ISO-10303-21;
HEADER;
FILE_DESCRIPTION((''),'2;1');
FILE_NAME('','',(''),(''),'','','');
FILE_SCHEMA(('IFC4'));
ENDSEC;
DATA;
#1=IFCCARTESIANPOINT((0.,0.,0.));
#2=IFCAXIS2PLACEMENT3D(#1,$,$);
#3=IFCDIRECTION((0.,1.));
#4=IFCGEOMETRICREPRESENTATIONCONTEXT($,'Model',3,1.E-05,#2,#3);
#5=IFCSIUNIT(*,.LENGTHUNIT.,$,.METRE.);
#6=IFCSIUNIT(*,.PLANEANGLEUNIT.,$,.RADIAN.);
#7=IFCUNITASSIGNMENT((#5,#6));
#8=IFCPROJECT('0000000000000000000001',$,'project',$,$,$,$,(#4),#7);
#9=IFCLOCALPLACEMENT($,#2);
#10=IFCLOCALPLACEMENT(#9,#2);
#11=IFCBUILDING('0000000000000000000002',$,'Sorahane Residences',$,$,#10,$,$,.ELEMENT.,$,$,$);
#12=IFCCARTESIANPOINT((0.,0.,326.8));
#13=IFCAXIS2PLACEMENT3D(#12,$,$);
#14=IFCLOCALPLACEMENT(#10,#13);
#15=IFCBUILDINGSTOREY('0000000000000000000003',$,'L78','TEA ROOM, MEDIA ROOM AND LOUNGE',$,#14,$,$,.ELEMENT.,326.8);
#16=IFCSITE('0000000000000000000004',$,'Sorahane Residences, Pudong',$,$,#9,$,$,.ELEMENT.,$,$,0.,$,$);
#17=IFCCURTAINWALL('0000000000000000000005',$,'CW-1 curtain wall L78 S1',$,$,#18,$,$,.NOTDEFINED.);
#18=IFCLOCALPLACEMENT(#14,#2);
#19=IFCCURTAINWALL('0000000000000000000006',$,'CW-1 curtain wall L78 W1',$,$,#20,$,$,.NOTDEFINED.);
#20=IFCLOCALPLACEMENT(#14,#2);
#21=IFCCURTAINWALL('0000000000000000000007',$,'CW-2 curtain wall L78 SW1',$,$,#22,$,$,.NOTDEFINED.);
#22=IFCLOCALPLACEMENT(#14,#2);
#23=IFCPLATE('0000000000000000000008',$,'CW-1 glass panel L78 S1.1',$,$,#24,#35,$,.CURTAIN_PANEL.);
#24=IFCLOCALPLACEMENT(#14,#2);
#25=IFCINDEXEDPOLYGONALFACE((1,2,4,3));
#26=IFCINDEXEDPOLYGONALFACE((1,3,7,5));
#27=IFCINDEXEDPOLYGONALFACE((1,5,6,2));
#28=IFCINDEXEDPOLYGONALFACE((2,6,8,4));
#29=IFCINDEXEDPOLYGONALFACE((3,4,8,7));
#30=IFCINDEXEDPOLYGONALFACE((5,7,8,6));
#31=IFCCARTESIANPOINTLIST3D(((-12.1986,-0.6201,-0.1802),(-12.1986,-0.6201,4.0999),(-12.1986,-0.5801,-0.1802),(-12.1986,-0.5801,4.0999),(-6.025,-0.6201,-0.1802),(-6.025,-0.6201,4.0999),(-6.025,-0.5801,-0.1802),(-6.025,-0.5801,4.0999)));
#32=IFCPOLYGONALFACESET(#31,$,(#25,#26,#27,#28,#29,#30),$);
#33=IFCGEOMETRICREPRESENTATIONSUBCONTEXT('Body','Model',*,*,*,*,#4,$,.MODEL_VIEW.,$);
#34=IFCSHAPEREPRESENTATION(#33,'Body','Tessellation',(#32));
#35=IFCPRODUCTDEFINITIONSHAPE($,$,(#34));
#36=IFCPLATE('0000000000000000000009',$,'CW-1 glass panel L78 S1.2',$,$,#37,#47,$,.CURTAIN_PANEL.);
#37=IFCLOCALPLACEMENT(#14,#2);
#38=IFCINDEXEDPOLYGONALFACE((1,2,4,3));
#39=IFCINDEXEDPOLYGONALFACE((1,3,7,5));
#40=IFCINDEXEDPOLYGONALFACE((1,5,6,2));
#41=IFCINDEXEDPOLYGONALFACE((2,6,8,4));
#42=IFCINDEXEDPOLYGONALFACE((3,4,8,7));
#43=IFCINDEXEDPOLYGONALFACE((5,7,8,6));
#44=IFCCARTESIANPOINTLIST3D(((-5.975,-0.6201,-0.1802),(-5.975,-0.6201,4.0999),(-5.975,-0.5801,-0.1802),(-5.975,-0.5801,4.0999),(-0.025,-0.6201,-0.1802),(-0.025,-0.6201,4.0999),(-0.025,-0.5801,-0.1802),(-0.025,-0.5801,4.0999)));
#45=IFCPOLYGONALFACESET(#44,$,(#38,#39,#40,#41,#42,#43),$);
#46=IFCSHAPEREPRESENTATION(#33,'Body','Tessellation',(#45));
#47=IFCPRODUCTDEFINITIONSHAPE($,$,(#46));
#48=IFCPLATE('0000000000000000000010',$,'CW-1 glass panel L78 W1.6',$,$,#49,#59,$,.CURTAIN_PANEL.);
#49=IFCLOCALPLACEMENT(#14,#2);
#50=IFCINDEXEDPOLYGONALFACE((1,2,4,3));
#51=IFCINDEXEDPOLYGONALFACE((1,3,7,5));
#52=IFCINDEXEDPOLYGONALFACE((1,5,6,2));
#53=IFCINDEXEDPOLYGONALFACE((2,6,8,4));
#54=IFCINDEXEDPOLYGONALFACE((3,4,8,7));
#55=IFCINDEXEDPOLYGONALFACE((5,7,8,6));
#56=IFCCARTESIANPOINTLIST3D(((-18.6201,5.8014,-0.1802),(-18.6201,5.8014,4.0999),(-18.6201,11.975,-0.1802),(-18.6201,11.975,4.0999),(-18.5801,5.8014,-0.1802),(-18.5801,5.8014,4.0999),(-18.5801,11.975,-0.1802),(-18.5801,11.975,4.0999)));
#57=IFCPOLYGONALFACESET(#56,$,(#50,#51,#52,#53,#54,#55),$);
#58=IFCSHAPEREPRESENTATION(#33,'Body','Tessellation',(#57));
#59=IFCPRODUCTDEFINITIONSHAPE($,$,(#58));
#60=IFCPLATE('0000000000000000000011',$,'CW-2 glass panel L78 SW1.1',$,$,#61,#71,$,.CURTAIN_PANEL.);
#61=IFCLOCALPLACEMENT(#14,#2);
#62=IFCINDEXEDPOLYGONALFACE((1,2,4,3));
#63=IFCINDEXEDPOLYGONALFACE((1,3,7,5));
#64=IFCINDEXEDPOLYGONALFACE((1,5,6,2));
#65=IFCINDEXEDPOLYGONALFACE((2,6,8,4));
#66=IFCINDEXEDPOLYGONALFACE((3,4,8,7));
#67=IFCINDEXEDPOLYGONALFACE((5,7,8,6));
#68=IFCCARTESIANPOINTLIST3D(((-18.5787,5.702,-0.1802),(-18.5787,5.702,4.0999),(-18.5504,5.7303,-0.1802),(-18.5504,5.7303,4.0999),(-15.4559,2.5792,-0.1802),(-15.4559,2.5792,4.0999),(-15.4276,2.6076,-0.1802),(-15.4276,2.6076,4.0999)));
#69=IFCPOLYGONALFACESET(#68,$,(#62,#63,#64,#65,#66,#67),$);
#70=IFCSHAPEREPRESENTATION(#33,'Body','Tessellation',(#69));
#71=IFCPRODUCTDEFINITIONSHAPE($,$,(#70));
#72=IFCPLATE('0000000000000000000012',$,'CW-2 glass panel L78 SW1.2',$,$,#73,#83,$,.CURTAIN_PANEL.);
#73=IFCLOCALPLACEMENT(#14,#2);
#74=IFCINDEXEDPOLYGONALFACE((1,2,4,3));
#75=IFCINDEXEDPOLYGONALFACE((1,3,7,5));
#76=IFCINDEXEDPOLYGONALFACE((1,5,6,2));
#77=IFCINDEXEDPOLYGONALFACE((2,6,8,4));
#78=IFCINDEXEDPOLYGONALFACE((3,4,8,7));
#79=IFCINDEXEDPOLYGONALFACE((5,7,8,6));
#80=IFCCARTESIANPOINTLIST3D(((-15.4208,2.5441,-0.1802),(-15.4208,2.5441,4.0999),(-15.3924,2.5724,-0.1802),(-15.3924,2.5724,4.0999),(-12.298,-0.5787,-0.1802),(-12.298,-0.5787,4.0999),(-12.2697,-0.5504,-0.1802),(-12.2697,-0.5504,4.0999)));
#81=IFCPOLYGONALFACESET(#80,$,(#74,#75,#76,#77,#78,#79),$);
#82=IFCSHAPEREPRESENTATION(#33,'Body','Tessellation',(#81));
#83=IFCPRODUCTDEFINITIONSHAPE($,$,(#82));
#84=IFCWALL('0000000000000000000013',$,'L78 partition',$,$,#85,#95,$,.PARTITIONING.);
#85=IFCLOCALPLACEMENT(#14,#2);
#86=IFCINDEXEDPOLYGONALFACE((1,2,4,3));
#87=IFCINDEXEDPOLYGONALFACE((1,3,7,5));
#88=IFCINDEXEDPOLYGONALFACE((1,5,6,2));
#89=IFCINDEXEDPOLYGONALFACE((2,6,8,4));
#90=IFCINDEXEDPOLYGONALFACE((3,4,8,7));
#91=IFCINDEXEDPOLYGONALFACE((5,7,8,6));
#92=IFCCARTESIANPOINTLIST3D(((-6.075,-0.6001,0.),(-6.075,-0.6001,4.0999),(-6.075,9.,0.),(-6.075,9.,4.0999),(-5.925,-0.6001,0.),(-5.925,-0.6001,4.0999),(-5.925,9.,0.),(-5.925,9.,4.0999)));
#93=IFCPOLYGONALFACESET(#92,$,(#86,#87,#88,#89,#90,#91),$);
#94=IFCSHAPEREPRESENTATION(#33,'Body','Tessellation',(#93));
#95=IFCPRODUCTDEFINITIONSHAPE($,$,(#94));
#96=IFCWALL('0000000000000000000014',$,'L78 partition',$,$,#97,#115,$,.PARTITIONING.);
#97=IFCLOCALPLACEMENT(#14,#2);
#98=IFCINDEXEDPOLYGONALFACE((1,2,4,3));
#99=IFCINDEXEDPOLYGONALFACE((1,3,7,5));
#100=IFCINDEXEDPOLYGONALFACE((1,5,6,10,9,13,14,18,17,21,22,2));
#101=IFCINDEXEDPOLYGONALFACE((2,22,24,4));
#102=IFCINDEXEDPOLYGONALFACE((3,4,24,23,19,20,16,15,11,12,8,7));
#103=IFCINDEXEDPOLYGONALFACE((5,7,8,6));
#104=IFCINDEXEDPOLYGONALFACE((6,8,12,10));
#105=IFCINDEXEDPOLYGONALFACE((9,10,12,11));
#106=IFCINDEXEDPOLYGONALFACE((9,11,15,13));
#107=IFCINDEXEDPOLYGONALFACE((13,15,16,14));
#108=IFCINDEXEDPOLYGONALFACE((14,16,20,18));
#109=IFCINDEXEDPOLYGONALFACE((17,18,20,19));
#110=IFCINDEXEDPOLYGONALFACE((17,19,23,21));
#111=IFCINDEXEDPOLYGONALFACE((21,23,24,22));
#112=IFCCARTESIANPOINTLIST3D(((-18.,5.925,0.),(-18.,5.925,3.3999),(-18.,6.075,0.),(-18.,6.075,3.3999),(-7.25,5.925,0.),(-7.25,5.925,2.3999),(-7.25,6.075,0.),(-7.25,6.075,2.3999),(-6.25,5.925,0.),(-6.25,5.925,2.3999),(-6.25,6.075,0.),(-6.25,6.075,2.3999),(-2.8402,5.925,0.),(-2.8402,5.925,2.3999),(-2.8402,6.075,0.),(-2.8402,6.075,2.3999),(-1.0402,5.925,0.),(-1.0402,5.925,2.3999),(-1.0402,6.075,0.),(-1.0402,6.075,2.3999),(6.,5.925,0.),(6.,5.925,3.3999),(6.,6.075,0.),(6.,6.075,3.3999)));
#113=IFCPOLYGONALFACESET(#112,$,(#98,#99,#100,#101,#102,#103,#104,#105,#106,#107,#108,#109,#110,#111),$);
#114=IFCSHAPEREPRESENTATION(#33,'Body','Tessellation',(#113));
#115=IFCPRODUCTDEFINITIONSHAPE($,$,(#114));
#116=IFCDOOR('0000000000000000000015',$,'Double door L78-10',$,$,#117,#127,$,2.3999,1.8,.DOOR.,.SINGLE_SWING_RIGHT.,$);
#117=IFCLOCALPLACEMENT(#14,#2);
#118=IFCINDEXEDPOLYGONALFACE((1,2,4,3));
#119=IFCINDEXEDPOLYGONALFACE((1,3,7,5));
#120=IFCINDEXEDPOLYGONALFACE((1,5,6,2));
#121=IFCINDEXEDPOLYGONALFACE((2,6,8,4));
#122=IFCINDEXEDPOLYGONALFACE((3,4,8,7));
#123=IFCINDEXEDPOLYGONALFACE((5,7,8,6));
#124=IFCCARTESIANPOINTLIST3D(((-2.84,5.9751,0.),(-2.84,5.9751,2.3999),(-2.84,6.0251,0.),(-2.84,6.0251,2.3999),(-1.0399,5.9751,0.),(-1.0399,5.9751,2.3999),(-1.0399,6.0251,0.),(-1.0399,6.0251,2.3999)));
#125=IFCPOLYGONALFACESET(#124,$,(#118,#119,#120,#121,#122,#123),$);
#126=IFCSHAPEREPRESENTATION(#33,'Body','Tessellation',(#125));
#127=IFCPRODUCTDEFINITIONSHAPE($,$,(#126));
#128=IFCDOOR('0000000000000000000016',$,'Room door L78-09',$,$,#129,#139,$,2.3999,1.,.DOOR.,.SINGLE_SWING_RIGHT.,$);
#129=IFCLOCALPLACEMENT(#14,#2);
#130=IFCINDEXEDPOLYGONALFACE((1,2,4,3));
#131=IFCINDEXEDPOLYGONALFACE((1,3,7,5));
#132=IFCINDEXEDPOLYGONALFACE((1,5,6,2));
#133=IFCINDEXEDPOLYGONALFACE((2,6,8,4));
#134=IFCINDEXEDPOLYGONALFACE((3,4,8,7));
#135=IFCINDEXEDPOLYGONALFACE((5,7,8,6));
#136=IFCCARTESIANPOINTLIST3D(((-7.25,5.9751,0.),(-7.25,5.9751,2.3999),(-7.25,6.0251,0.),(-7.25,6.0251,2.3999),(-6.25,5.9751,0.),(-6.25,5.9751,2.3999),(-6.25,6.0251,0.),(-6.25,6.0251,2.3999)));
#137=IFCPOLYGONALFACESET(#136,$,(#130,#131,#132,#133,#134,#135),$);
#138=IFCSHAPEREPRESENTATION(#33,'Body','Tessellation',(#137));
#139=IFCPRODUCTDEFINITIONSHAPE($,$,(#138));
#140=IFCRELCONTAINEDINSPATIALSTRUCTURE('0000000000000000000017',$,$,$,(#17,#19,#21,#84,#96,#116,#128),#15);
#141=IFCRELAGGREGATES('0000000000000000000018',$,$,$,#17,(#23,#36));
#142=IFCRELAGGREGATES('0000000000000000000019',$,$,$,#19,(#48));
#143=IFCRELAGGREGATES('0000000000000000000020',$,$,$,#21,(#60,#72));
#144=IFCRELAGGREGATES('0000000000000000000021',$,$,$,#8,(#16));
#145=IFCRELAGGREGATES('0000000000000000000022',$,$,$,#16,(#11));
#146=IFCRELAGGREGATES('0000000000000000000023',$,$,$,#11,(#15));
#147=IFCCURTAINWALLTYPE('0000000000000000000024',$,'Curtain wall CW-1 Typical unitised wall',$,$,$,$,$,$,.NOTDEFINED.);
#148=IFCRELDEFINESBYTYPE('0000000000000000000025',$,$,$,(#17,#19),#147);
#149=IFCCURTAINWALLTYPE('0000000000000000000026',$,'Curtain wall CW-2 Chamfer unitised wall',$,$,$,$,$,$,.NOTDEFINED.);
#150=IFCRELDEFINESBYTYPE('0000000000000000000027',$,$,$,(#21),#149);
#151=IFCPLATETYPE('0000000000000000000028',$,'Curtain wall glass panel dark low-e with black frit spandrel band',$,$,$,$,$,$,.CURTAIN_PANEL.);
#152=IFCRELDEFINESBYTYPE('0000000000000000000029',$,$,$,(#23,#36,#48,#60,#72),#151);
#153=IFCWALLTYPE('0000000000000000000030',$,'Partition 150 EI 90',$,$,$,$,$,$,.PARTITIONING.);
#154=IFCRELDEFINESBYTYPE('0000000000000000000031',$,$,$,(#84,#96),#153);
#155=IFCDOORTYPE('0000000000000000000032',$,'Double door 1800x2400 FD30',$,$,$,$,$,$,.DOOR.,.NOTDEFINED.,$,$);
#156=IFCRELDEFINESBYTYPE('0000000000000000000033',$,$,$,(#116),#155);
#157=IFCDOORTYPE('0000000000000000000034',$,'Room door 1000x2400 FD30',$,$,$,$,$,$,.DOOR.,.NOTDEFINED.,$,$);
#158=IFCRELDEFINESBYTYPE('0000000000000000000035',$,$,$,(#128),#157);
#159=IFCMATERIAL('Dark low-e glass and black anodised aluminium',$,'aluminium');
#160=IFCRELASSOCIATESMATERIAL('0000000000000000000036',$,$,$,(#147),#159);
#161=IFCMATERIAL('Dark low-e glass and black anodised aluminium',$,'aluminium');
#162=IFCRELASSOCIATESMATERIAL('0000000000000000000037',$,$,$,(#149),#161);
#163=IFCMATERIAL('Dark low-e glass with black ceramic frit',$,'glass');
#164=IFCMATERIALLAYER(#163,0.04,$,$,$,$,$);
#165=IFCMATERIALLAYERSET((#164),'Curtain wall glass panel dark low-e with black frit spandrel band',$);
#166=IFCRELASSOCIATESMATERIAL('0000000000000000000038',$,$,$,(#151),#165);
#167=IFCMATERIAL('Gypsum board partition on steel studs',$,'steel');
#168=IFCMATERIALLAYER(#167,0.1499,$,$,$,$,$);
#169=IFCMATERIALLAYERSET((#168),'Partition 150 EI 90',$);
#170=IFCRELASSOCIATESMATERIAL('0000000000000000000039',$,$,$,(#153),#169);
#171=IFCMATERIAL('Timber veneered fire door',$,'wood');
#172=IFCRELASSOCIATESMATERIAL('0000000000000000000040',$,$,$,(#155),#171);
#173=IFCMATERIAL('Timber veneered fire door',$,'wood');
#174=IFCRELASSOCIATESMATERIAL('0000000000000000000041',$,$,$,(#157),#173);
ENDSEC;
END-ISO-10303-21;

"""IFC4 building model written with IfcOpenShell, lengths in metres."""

from ifc_helpers import new_model, si_unit, direction, frame, frame_2d, origin, origin_2d, place, context, subcontext, project, spatial, rectangle, extrude, material, layer, layer_set, type_object, element, fill, aggregate, save


model = new_model("IFC4")

# Units and contexts
model_context = context("Model", 3, precision=1e-05, world=origin(), true_north=direction((0.0, 1.0)))
body_context = subcontext(model_context, "Body", "Model", "MODEL_VIEW")
ifc_project = project(units=[si_unit("LENGTHUNIT", "METRE"), si_unit("PLANEANGLEUNIT", "RADIAN")], contexts=[model_context])

# Site, building, storey
site_placement = place(None, origin())
site = spatial("IfcSite", under=ifc_project, at=site_placement, Name="Sorahane Residences, Pudong", CompositionType="ELEMENT", RefElevation=0.0)
building_placement = place(site_placement, origin())
building = spatial("IfcBuilding", under=site, at=building_placement, Name="Sorahane Residences", CompositionType="ELEMENT")
storey_placement = place(building_placement, frame((0.0, 0.0, 326.8)))
storey = spatial("IfcBuildingStorey", under=building, at=storey_placement, Name="L78", Description="TEA ROOM, MEDIA ROOM AND LOUNGE", CompositionType="ELEMENT", Elevation=326.8)

# Curtain walls
ifc_material_1 = material(Name="Dark low-e glass and black anodised aluminium", Category="aluminium")
curtain_wall_type_1 = type_object("IfcCurtainWallType", Name="Curtain wall CW-1 Typical unitised wall", PredefinedType="NOTDEFINED", material=ifc_material_1)
curtain_wall_1_placement = place(storey_placement, origin())
curtain_wall_1 = element("IfcCurtainWall", 1, at=curtain_wall_1_placement, inside=storey, type_object=curtain_wall_type_1, Name="CW-1 curtain wall L78 S1", PredefinedType="NOTDEFINED")
curtain_wall_2_placement = place(storey_placement, origin())
curtain_wall_2 = element("IfcCurtainWall", 2, at=curtain_wall_2_placement, inside=storey, type_object=curtain_wall_type_1, Name="CW-1 curtain wall L78 W1", PredefinedType="NOTDEFINED")

# Curtain wall
ifc_material_2 = material(Name="Dark low-e glass and black anodised aluminium", Category="aluminium")
curtain_wall_type_2 = type_object("IfcCurtainWallType", Name="Curtain wall CW-2 Chamfer unitised wall", PredefinedType="NOTDEFINED", material=ifc_material_2)
curtain_wall_3_placement = place(storey_placement, origin())
curtain_wall_3 = element("IfcCurtainWall", 3, at=curtain_wall_3_placement, inside=storey, type_object=curtain_wall_type_2, Name="CW-2 curtain wall L78 SW1", PredefinedType="NOTDEFINED")

# Plates
ifc_material_3 = material(Name="Dark low-e glass with black ceramic frit", Category="glass")
ifc_layer_1 = layer(ifc_material_3, 0.04)
ifc_layer_set_1 = layer_set([ifc_layer_1], Name="Curtain wall glass panel dark low-e with black frit spandrel band")
plate_type = type_object("IfcPlateType", Name="Curtain wall glass panel dark low-e with black frit spandrel band", PredefinedType="CURTAIN_PANEL", material=ifc_layer_set_1)
plate_1_placement = place(storey_placement, frame((-9.1118, -0.6001, -0.1802), z_axis=(0.0, 0.0, 1.0), x_axis=(1.0, 0.0, 0.0)))
plate_1 = element("IfcPlate", 4, at=plate_1_placement, type_object=plate_type, Name="CW-1 glass panel L78 S1.1", PredefinedType="CURTAIN_PANEL", context=body_context, shape_type="SweptSolid", body=[
    extrude(rectangle(XDim=6.1736, YDim=0.04, at=origin_2d()), origin(), (0.0, 0.0, 1.0), 4.28),
])
plate_2_placement = place(storey_placement, frame((-3.0, -0.6001, -0.1802), z_axis=(0.0, 0.0, 1.0), x_axis=(1.0, 0.0, 0.0)))
plate_2 = element("IfcPlate", 5, at=plate_2_placement, type_object=plate_type, Name="CW-1 glass panel L78 S1.2", PredefinedType="CURTAIN_PANEL", context=body_context, shape_type="SweptSolid", body=[
    extrude(rectangle(XDim=5.95, YDim=0.04, at=origin_2d()), origin(), (0.0, 0.0, 1.0), 4.28),
])
aggregate(curtain_wall_1, [plate_1, plate_2])
plate_3_placement = place(storey_placement, frame((-18.6001, 8.8882, -0.1802), z_axis=(0.0, 0.0, 1.0), x_axis=(0.0, -1.0, 0.0)))
plate_3 = element("IfcPlate", 6, at=plate_3_placement, type_object=plate_type, Name="CW-1 glass panel L78 W1.6", PredefinedType="CURTAIN_PANEL", context=body_context, shape_type="SweptSolid", body=[
    extrude(rectangle(XDim=6.1736, YDim=0.04, at=origin_2d()), origin(), (0.0, 0.0, 1.0), 4.28),
])
aggregate(curtain_wall_2, [plate_3])
plate_4_placement = place(storey_placement, frame((-17.0032, 4.1548, -0.1802), z_axis=(0.0, 0.0, 1.0), x_axis=(0.707107, -0.707107, 0.0)))
plate_4 = element("IfcPlate", 7, at=plate_4_placement, type_object=plate_type, Name="CW-2 glass panel L78 SW1.1", PredefinedType="CURTAIN_PANEL", context=body_context, shape_type="SweptSolid", body=[
    extrude(rectangle(XDim=4.4163, YDim=0.04, at=origin_2d()), origin(), (0.0, 0.0, 1.0), 4.28),
])
plate_5_placement = place(storey_placement, frame((-13.8452, 0.9968, -0.1802), z_axis=(0.0, 0.0, 1.0), x_axis=(0.707107, -0.707107, 0.0)))
plate_5 = element("IfcPlate", 8, at=plate_5_placement, type_object=plate_type, Name="CW-2 glass panel L78 SW1.2", PredefinedType="CURTAIN_PANEL", context=body_context, shape_type="SweptSolid", body=[
    extrude(rectangle(XDim=4.4163, YDim=0.04, at=origin_2d()), origin(), (0.0, 0.0, 1.0), 4.28),
])
aggregate(curtain_wall_3, [plate_4, plate_5])

# Wall
ifc_material_4 = material(Name="Gypsum board partition on steel studs", Category="steel")
ifc_layer_2 = layer(ifc_material_4, 0.1499)
ifc_layer_set_2 = layer_set([ifc_layer_2], Name="Partition 150 EI 90")
wall_type_1 = type_object("IfcWallType", Name="Partition 150 EI 90", PredefinedType="PARTITIONING", material=ifc_layer_set_2)
wall_1_placement = place(storey_placement, frame((-6.0, -0.6001, 0.0), z_axis=(0.0, 0.0, 1.0), x_axis=(0.0, 1.0, 0.0)))
element("IfcWall", 9, at=wall_1_placement, inside=storey, type_object=wall_type_1, Name="L78 partition", PredefinedType="PARTITIONING", context=body_context, shape_type="SweptSolid", body=[
    extrude(rectangle(XDim=9.6001, YDim=0.1499, at=frame_2d((4.8, 0.0))), origin(), (0.0, 0.0, 1.0), 4.0999),
])

# Wall, openings, doors
wall_2_placement = place(storey_placement, frame((-18.0, 6.0, 0.0), z_axis=(0.0, 0.0, 1.0), x_axis=(1.0, 0.0, 0.0)))
wall_2 = element("IfcWall", 10, at=wall_2_placement, inside=storey, type_object=wall_type_1, Name="L78 partition", PredefinedType="PARTITIONING", context=body_context, shape_type="SweptSolid", body=[
    extrude(rectangle(XDim=24.0, YDim=0.1499, at=frame_2d((12.0, 0.0))), origin(), (0.0, 0.0, 1.0), 3.3999),
])
opening_1_placement = place(wall_2_placement, frame((10.75, 0.0, 0.0)))
opening_1 = element("IfcOpeningElement", 11, at=opening_1_placement, cuts=wall_2, PredefinedType="OPENING", context=body_context, shape_type="SweptSolid", body=[
    extrude(rectangle(XDim=1.0, YDim=2.3999, at=frame_2d((0.5, 1.2))), frame((0.0, 0.085, 0.0), z_axis=(0.0, -1.0, 0.0), x_axis=(1.0, 0.0, 0.0)), (0.0, 0.0, 1.0), 0.1699),
])
opening_2_placement = place(wall_2_placement, frame((15.1599, 0.0, 0.0)))
opening_2 = element("IfcOpeningElement", 12, at=opening_2_placement, cuts=wall_2, PredefinedType="OPENING", context=body_context, shape_type="SweptSolid", body=[
    extrude(rectangle(XDim=1.8, YDim=2.3999, at=frame_2d((0.8999, 1.2))), frame((0.0, 0.085, 0.0), z_axis=(0.0, -1.0, 0.0), x_axis=(1.0, 0.0, 0.0)), (0.0, 0.0, 1.0), 0.1699),
])
ifc_material_5 = material(Name="Timber veneered fire door", Category="wood")
door_type_1 = type_object("IfcDoorType", Name="Double door 1800x2400 FD30", OperationType="NOTDEFINED", PredefinedType="DOOR", material=ifc_material_5)
door_1_placement = place(opening_2_placement, frame((1.8, 0.0, 0.0), z_axis=(0.0, 0.0, 1.0), x_axis=(-1.0, 0.0, 0.0)))
door_1 = element("IfcDoor", 13, at=door_1_placement, inside=storey, type_object=door_type_1, Name="Double door L78-10", OperationType="SINGLE_SWING_RIGHT", OverallHeight=2.3999, OverallWidth=1.8, PredefinedType="DOOR", context=body_context, shape_type="SweptSolid", body=[
    extrude(rectangle(XDim=1.8, YDim=2.3999, at=frame_2d((0.8999, 1.2))), frame((0.0, 0.0249, 0.0), z_axis=(0.0, -1.0, 0.0), x_axis=(1.0, 0.0, 0.0)), (0.0, 0.0, 1.0), 0.05),
])
fill(opening_2, door_1)
ifc_material_6 = material(Name="Timber veneered fire door", Category="wood")
door_type_2 = type_object("IfcDoorType", Name="Room door 1000x2400 FD30", OperationType="NOTDEFINED", PredefinedType="DOOR", material=ifc_material_6)
door_2_placement = place(opening_1_placement, frame((1.0, 0.0, 0.0), z_axis=(0.0, 0.0, 1.0), x_axis=(-1.0, 0.0, 0.0)))
door_2 = element("IfcDoor", 14, at=door_2_placement, inside=storey, type_object=door_type_2, Name="Room door L78-09", OperationType="SINGLE_SWING_RIGHT", OverallHeight=2.3999, OverallWidth=1.0, PredefinedType="DOOR", context=body_context, shape_type="SweptSolid", body=[
    extrude(rectangle(XDim=1.0, YDim=2.3999, at=frame_2d((0.5, 1.2))), frame((0.0, 0.0249, 0.0), z_axis=(0.0, -1.0, 0.0), x_axis=(1.0, 0.0, 0.0)), (0.0, 0.0, 1.0), 0.05),
])
fill(opening_1, door_2)

save(model, "model.ifc")
